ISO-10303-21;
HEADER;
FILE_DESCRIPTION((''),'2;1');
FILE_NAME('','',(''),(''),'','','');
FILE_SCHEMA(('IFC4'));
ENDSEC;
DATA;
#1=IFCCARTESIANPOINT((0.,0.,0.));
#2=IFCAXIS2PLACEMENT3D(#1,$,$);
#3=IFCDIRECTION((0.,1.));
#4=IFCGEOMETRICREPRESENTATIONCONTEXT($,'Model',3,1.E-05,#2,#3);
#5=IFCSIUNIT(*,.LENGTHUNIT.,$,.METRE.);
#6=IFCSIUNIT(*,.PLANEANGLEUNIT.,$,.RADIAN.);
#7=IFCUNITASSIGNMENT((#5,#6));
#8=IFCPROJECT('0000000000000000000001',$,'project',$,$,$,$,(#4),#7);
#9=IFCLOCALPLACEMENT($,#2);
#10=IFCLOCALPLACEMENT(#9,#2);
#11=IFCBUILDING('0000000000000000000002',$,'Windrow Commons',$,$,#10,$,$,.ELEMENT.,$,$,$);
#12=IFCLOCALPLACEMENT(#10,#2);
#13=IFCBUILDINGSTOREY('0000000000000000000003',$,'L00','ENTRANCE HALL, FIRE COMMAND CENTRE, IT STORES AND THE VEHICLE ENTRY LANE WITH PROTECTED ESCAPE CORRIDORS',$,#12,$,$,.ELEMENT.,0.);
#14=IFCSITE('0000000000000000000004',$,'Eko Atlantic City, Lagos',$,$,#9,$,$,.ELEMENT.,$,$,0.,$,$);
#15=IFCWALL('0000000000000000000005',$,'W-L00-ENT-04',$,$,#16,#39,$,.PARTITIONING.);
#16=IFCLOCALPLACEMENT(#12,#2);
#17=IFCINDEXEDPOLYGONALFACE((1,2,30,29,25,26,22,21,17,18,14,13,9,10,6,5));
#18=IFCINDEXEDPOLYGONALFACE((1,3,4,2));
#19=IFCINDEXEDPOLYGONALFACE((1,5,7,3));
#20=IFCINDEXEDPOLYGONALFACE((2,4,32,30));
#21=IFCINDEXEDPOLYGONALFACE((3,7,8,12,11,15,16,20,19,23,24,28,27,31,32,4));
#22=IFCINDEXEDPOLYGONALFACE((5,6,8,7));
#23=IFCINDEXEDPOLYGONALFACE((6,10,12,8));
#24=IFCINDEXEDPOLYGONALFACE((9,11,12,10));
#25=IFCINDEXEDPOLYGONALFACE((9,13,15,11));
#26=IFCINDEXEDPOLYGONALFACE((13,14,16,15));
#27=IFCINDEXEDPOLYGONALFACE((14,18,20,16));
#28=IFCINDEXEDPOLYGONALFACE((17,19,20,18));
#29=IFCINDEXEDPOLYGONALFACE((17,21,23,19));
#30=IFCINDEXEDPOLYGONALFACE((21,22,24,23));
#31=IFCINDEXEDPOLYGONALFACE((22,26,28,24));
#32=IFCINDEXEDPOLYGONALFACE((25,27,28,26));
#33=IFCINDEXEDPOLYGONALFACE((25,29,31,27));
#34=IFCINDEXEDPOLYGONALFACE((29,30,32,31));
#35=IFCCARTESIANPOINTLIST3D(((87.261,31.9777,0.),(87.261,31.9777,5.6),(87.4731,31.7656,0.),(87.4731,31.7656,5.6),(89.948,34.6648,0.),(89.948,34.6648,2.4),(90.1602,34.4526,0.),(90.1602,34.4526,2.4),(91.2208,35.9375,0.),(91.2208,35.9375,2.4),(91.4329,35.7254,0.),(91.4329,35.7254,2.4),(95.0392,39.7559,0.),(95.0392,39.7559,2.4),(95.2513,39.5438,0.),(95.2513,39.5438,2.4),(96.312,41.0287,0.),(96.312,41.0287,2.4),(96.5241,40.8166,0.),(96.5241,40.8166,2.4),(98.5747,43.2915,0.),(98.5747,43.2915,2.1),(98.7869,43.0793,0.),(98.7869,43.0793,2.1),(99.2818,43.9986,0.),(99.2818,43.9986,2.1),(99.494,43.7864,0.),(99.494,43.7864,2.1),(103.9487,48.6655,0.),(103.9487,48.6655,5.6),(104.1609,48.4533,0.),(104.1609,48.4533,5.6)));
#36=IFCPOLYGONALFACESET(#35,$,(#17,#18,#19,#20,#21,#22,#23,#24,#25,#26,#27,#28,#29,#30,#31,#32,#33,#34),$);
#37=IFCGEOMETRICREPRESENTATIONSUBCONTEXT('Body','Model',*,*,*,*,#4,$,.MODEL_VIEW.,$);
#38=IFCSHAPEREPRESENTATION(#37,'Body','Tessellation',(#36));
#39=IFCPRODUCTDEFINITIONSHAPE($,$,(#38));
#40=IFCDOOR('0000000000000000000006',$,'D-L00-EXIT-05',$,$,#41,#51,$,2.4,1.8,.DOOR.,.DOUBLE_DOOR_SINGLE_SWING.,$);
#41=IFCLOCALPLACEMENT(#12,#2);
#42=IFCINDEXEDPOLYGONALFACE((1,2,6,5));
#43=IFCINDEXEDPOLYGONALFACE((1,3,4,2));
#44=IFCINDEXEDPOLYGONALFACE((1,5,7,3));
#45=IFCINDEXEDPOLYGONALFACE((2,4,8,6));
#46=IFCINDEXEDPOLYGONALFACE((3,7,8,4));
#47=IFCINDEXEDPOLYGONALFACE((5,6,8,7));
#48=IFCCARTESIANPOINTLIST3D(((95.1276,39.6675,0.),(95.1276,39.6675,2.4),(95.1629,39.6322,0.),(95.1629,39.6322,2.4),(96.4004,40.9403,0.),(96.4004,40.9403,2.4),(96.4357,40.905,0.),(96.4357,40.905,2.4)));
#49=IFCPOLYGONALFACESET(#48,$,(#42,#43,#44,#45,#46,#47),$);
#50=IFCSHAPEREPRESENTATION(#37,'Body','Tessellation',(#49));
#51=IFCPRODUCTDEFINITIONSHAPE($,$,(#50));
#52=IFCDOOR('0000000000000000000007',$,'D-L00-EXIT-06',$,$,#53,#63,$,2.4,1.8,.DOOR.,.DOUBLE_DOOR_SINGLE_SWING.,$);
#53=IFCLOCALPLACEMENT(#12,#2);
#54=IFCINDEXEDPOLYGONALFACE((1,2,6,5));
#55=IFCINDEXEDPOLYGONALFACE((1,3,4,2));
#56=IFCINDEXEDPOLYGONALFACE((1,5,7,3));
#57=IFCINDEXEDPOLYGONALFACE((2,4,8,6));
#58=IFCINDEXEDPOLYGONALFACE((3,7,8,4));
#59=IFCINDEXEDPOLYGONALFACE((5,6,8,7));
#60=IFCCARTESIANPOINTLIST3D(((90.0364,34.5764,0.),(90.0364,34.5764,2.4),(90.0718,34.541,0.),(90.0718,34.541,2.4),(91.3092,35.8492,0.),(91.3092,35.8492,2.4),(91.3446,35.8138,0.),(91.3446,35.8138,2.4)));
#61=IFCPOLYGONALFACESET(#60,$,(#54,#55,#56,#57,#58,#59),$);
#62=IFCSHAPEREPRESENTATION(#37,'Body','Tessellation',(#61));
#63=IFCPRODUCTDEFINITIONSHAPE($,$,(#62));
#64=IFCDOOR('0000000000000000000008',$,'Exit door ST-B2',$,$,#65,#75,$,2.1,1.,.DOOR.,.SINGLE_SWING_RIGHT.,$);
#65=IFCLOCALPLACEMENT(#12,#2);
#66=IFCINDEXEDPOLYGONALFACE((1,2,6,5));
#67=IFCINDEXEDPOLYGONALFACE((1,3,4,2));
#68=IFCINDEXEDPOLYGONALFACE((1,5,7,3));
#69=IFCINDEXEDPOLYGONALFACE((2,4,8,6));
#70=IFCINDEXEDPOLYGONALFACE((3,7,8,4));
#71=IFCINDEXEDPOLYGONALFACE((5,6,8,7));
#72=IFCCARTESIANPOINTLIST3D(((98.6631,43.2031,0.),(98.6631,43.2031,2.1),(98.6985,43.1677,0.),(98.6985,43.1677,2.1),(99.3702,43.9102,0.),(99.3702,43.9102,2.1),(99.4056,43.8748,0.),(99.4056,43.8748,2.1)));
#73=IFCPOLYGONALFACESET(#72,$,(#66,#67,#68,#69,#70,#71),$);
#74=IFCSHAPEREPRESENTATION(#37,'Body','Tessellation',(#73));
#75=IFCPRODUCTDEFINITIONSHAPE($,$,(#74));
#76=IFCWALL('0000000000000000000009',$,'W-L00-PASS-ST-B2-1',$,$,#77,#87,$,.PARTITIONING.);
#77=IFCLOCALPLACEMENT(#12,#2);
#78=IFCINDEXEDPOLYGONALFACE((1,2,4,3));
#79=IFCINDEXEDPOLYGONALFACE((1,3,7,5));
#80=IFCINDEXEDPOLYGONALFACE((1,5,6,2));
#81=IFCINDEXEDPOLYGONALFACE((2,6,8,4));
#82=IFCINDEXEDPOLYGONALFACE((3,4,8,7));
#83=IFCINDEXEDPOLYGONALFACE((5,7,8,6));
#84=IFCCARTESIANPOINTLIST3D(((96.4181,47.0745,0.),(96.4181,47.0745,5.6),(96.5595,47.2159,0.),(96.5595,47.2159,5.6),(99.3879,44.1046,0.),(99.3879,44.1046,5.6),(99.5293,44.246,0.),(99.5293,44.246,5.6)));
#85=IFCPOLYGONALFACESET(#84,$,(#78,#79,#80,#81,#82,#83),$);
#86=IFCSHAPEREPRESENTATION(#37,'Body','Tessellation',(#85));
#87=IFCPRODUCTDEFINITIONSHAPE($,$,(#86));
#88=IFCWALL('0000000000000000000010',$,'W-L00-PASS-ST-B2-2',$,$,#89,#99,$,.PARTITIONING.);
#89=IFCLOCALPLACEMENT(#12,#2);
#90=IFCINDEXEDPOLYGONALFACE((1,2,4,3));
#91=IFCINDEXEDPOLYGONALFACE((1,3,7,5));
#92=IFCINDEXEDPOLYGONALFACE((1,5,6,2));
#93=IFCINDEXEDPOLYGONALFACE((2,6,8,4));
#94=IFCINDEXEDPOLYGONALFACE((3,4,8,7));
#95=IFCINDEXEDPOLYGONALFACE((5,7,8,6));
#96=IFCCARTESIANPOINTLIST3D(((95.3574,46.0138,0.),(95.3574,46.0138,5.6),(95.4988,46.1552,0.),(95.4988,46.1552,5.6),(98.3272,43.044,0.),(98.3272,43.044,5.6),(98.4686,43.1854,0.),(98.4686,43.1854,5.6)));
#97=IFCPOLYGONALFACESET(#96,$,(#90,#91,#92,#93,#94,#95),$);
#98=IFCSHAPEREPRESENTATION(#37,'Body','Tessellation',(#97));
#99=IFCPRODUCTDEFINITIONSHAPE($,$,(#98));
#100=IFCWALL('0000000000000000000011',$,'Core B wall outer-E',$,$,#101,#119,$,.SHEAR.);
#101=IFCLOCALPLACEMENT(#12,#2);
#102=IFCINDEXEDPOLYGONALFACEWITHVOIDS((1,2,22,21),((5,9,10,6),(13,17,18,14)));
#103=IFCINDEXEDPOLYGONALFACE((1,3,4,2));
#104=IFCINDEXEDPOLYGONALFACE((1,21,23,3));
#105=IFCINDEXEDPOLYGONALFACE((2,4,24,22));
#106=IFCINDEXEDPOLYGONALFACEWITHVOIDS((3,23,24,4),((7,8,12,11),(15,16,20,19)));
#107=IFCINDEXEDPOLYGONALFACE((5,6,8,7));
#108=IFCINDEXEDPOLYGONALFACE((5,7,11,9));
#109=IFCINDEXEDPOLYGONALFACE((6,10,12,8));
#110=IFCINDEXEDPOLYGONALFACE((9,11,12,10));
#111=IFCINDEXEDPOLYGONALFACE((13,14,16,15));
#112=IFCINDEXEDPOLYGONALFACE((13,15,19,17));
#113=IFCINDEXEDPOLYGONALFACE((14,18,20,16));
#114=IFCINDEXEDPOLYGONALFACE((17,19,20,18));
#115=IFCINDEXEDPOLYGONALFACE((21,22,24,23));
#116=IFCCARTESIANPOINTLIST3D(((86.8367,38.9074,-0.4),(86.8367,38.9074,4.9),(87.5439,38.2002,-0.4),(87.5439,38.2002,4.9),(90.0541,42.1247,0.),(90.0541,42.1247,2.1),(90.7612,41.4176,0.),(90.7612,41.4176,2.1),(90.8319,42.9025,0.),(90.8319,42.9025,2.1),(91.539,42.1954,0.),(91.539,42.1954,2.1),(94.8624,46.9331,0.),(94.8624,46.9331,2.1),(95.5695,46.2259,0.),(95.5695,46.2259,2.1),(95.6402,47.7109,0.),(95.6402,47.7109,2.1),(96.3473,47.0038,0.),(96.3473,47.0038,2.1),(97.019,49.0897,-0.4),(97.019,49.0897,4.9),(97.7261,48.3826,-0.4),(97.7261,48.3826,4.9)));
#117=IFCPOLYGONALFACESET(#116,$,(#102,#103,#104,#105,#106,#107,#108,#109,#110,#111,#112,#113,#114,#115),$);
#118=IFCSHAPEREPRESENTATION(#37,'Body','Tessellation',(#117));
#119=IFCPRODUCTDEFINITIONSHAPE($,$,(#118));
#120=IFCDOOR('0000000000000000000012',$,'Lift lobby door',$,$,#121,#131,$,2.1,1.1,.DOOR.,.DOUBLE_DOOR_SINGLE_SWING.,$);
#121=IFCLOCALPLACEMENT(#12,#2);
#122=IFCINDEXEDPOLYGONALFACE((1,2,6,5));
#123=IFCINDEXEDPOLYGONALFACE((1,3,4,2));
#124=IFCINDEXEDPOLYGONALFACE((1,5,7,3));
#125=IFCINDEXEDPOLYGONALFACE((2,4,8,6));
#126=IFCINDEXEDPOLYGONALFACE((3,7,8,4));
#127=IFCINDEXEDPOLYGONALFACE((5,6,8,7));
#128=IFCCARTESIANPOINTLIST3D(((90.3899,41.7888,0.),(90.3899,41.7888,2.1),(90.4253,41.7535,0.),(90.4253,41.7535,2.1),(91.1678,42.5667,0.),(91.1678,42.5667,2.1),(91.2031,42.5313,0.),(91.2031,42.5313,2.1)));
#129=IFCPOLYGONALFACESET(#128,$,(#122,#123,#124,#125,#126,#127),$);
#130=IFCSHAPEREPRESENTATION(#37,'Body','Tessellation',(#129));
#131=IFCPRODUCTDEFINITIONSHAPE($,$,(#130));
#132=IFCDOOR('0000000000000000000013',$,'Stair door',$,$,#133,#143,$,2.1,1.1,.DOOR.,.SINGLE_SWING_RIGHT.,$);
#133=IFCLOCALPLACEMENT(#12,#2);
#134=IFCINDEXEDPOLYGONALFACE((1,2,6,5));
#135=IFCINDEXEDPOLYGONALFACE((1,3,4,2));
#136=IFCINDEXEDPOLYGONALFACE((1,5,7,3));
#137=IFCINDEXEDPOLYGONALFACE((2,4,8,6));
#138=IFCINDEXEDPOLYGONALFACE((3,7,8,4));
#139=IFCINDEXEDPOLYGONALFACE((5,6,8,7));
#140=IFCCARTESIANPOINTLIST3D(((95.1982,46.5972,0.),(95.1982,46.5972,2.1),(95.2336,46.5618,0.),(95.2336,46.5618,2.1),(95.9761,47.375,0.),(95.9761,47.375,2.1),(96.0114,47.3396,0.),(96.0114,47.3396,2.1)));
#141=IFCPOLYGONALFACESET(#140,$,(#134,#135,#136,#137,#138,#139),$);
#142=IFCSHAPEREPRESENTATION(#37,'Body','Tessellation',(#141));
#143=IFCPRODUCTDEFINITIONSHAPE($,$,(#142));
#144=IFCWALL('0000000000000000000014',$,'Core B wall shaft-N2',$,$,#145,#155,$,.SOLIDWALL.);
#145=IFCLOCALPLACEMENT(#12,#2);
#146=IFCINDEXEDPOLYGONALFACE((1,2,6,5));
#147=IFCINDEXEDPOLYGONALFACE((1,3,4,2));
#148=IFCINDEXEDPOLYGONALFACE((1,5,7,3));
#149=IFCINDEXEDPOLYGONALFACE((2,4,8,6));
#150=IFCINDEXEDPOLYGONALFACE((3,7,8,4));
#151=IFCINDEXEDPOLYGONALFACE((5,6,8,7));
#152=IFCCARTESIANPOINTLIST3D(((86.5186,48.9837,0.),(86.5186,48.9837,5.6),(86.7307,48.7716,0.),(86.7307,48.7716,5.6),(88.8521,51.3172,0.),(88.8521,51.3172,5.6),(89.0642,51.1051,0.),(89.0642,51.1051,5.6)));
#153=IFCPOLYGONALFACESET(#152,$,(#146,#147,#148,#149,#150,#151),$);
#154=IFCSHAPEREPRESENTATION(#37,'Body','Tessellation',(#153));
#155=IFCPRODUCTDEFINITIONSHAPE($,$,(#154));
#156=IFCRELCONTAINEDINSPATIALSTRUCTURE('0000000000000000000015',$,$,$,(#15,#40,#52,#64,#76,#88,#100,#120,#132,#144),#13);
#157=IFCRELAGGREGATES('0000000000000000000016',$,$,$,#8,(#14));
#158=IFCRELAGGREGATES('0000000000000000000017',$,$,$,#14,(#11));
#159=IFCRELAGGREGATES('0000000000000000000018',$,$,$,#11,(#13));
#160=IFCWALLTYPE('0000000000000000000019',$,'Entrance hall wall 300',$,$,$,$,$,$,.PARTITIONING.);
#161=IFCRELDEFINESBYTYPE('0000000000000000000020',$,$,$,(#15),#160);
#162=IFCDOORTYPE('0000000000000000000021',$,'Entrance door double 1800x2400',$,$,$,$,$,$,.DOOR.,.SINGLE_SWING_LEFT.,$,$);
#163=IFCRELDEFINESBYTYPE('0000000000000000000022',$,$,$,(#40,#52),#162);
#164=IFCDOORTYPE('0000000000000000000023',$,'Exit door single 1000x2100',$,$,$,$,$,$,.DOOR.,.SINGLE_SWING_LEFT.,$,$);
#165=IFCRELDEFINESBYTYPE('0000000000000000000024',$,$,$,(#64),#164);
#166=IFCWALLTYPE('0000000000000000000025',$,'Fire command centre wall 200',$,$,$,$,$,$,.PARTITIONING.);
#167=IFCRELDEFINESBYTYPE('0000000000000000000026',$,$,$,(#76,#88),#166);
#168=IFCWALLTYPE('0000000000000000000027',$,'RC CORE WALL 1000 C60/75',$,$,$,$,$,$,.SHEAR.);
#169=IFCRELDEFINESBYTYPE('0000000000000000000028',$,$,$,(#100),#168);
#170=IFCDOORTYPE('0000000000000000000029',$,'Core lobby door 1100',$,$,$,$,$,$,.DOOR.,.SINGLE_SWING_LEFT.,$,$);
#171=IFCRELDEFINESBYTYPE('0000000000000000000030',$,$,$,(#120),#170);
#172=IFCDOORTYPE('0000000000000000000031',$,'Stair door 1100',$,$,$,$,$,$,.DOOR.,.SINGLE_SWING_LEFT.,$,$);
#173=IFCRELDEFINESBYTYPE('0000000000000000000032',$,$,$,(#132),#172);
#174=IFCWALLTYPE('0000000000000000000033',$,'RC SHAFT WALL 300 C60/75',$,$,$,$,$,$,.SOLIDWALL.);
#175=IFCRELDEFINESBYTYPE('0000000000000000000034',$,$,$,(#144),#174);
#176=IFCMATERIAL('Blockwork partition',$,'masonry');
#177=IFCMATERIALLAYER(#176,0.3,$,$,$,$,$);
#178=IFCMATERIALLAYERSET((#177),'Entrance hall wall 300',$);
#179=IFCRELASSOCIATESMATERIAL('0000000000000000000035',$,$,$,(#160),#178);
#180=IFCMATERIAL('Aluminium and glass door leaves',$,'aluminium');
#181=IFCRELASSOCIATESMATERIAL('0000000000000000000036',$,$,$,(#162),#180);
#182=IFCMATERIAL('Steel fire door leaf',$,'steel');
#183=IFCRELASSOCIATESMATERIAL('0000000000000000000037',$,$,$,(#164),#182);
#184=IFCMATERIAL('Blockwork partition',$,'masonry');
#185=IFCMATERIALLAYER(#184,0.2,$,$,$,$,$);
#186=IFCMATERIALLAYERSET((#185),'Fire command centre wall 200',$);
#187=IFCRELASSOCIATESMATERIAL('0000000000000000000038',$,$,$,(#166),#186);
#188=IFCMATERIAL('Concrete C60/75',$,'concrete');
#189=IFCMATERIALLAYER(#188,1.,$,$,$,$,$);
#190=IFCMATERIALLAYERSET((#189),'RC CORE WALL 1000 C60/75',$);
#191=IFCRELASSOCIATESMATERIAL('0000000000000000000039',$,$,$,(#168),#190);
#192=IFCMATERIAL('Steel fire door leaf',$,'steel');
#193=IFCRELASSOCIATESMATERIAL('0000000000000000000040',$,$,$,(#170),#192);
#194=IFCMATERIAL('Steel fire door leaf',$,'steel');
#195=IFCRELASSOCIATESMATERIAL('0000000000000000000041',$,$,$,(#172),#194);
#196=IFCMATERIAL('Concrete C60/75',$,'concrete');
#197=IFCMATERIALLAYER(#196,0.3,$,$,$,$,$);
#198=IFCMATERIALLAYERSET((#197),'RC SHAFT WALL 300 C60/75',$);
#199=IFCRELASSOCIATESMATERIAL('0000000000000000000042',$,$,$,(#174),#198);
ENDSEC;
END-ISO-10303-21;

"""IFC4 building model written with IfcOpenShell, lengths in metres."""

from ifc_helpers import new_model, si_unit, direction, frame, frame_2d, origin, place, context, subcontext, project, spatial, rectangle, extrude, material, layer, layer_set, type_object, element, fill, save


model = new_model("IFC4")

# Units and contexts
model_context = context("Model", 3, precision=1e-05, world=origin(), true_north=direction((0.0, 1.0)))
body_context = subcontext(model_context, "Body", "Model", "MODEL_VIEW")
ifc_project = project(units=[si_unit("LENGTHUNIT", "METRE"), si_unit("PLANEANGLEUNIT", "RADIAN")], contexts=[model_context])

# Site, building, storey
site_placement = place(None, origin())
site = spatial("IfcSite", under=ifc_project, at=site_placement, Name="Eko Atlantic City, Lagos", CompositionType="ELEMENT", RefElevation=0.0)
building_placement = place(site_placement, origin())
building = spatial("IfcBuilding", under=site, at=building_placement, Name="Windrow Commons", CompositionType="ELEMENT")
storey_placement = place(building_placement, origin())
storey = spatial("IfcBuildingStorey", under=building, at=storey_placement, Name="L00", Description="ENTRANCE HALL, FIRE COMMAND CENTRE, IT STORES AND THE VEHICLE ENTRY LANE WITH PROTECTED ESCAPE CORRIDORS", CompositionType="ELEMENT", Elevation=0.0)

# Wall, openings, doors
ifc_material_1 = material(Name="Blockwork partition", Category="masonry")
ifc_layer_1 = layer(ifc_material_1, 0.3)
ifc_layer_set_1 = layer_set([ifc_layer_1], Name="Entrance hall wall 300")
wall_type_1 = type_object("IfcWallType", Name="Entrance hall wall 300", PredefinedType="PARTITIONING", material=ifc_layer_set_1)
wall_1_placement = place(storey_placement, frame((104.0548, 48.5594, 0.0), z_axis=(0.0, 0.0, 1.0), x_axis=(-0.707107, -0.707107, 0.0)))
wall_1 = element("IfcWall", 1, at=wall_1_placement, inside=storey, type_object=wall_type_1, Name="W-L00-ENT-04", PredefinedType="PARTITIONING", context=body_context, shape_type="SweptSolid", body=[
    extrude(rectangle(XDim=23.6, YDim=0.3, at=frame_2d((11.8, 0.0))), origin(), (0.0, 0.0, 1.0), 5.6),
])
opening_1_placement = place(wall_1_placement, frame((10.8, 0.0, 0.0)))
opening_1 = element("IfcOpeningElement", 2, at=opening_1_placement, cuts=wall_1, PredefinedType="OPENING", context=body_context, shape_type="SweptSolid", body=[
    extrude(rectangle(XDim=1.8, YDim=2.4, at=frame_2d((0.9, 1.2))), frame((0.0, 0.16, 0.0), z_axis=(0.0, -1.0, 0.0), x_axis=(1.0, 0.0, 0.0)), (0.0, 0.0, 1.0), 0.32),
])
opening_2_placement = place(wall_1_placement, frame((18.0, 0.0, 0.0)))
opening_2 = element("IfcOpeningElement", 3, at=opening_2_placement, cuts=wall_1, PredefinedType="OPENING", context=body_context, shape_type="SweptSolid", body=[
    extrude(rectangle(XDim=1.8, YDim=2.4, at=frame_2d((0.9, 1.2))), frame((0.0, 0.16, 0.0), z_axis=(0.0, -1.0, 0.0), x_axis=(1.0, 0.0, 0.0)), (0.0, 0.0, 1.0), 0.32),
])
opening_3_placement = place(wall_1_placement, frame((6.6, 0.0, 0.0)))
opening_3 = element("IfcOpeningElement", 4, at=opening_3_placement, cuts=wall_1, PredefinedType="OPENING", context=body_context, shape_type="SweptSolid", body=[
    extrude(rectangle(XDim=1.0, YDim=2.1, at=frame_2d((0.5, 1.05))), frame((0.0, 0.16, 0.0), z_axis=(0.0, -1.0, 0.0), x_axis=(1.0, 0.0, 0.0)), (0.0, 0.0, 1.0), 0.32),
])
ifc_material_2 = material(Name="Aluminium and glass door leaves", Category="aluminium")
door_type_1 = type_object("IfcDoorType", Name="Entrance door double 1800x2400", OperationType="SINGLE_SWING_LEFT", PredefinedType="DOOR", material=ifc_material_2)
door_1_placement = place(opening_1_placement, origin())
door_1 = element("IfcDoor", 5, at=door_1_placement, inside=storey, type_object=door_type_1, Name="D-L00-EXIT-05", OperationType="DOUBLE_DOOR_SINGLE_SWING", OverallHeight=2.4, OverallWidth=1.8, PredefinedType="DOOR", context=body_context, shape_type="SweptSolid", body=[
    extrude(rectangle(XDim=1.8, YDim=2.4, at=frame_2d((0.9, 1.2))), frame((0.0, 0.025, 0.0), z_axis=(0.0, -1.0, 0.0), x_axis=(1.0, 0.0, 0.0)), (0.0, 0.0, 1.0), 0.05),
])
fill(opening_1, door_1)
door_2_placement = place(opening_2_placement, origin())
door_2 = element("IfcDoor", 6, at=door_2_placement, inside=storey, type_object=door_type_1, Name="D-L00-EXIT-06", OperationType="DOUBLE_DOOR_SINGLE_SWING", OverallHeight=2.4, OverallWidth=1.8, PredefinedType="DOOR", context=body_context, shape_type="SweptSolid", body=[
    extrude(rectangle(XDim=1.8, YDim=2.4, at=frame_2d((0.9, 1.2))), frame((0.0, 0.025, 0.0), z_axis=(0.0, -1.0, 0.0), x_axis=(1.0, 0.0, 0.0)), (0.0, 0.0, 1.0), 0.05),
])
fill(opening_2, door_2)
ifc_material_3 = material(Name="Steel fire door leaf", Category="steel")
door_type_2 = type_object("IfcDoorType", Name="Exit door single 1000x2100", OperationType="SINGLE_SWING_LEFT", PredefinedType="DOOR", material=ifc_material_3)
door_3_placement = place(opening_3_placement, origin())
door_3 = element("IfcDoor", 7, at=door_3_placement, inside=storey, type_object=door_type_2, Name="Exit door ST-B2", OperationType="SINGLE_SWING_RIGHT", OverallHeight=2.1, OverallWidth=1.0, PredefinedType="DOOR", context=body_context, shape_type="SweptSolid", body=[
    extrude(rectangle(XDim=1.0, YDim=2.1, at=frame_2d((0.5, 1.05))), frame((0.0, 0.025, 0.0), z_axis=(0.0, -1.0, 0.0), x_axis=(1.0, 0.0, 0.0)), (0.0, 0.0, 1.0), 0.05),
])
fill(opening_3, door_3)

# Walls
ifc_material_4 = material(Name="Blockwork partition", Category="masonry")
ifc_layer_2 = layer(ifc_material_4, 0.2)
ifc_layer_set_2 = layer_set([ifc_layer_2], Name="Fire command centre wall 200")
wall_type_2 = type_object("IfcWallType", Name="Fire command centre wall 200", PredefinedType="PARTITIONING", material=ifc_layer_set_2)
wall_2_placement = place(storey_placement, frame((96.4888, 47.1452, 0.0), z_axis=(0.0, 0.0, 1.0), x_axis=(0.707095, -0.707119, 0.0)))
element("IfcWall", 8, at=wall_2_placement, inside=storey, type_object=wall_type_2, Name="W-L00-PASS-ST-B2-1", PredefinedType="PARTITIONING", context=body_context, shape_type="SweptSolid", body=[
    extrude(rectangle(XDim=4.2, YDim=0.2, at=frame_2d((2.1, 0.0))), origin(), (0.0, 0.0, 1.0), 5.6),
])
wall_3_placement = place(storey_placement, frame((95.4281, 46.0845, 0.0), z_axis=(0.0, 0.0, 1.0), x_axis=(0.707107, -0.707107, 0.0)))
element("IfcWall", 9, at=wall_3_placement, inside=storey, type_object=wall_type_2, Name="W-L00-PASS-ST-B2-2", PredefinedType="PARTITIONING", context=body_context, shape_type="SweptSolid", body=[
    extrude(rectangle(XDim=4.1999, YDim=0.2, at=frame_2d((2.1, 0.0))), origin(), (0.0, 0.0, 1.0), 5.6),
])

# Wall, openings, doors
ifc_material_5 = material(Name="Concrete C60/75", Category="concrete")
ifc_layer_3 = layer(ifc_material_5, 1.0)
ifc_layer_set_3 = layer_set([ifc_layer_3], Name="RC CORE WALL 1000 C60/75")
wall_type_3 = type_object("IfcWallType", Name="RC CORE WALL 1000 C60/75", PredefinedType="SHEAR", material=ifc_layer_set_3)
wall_4_placement = place(storey_placement, frame((87.1903, 38.5538, -0.4), z_axis=(0.0, 0.0, 1.0), x_axis=(0.707103, 0.70711, 0.0)))
wall_4 = element("IfcWall", 10, at=wall_4_placement, inside=storey, type_object=wall_type_3, Name="Core B wall outer-E", PredefinedType="SHEAR", context=body_context, shape_type="SweptSolid", body=[
    extrude(rectangle(XDim=14.4, YDim=1.0, at=frame_2d((7.2, 0.0))), origin(), (0.0, 0.0, 1.0), 5.3),
])
opening_4_placement = place(wall_4_placement, frame((4.55, 0.0, 0.4)))
opening_4 = element("IfcOpeningElement", 11, at=opening_4_placement, cuts=wall_4, PredefinedType="OPENING", context=body_context, shape_type="SweptSolid", body=[
    extrude(rectangle(XDim=1.1, YDim=2.1, at=frame_2d((0.55, 1.05))), frame((0.0, 0.51, 0.0), z_axis=(0.0, -1.0, 0.0), x_axis=(1.0, 0.0, 0.0)), (0.0, 0.0, 1.0), 1.02),
])
opening_5_placement = place(wall_4_placement, frame((11.35, 0.0, 0.4)))
opening_5 = element("IfcOpeningElement", 12, at=opening_5_placement, cuts=wall_4, PredefinedType="OPENING", context=body_context, shape_type="SweptSolid", body=[
    extrude(rectangle(XDim=1.1, YDim=2.1, at=frame_2d((0.55, 1.05))), frame((0.0, 0.51, 0.0), z_axis=(0.0, -1.0, 0.0), x_axis=(1.0, 0.0, 0.0)), (0.0, 0.0, 1.0), 1.02),
])
ifc_material_6 = material(Name="Steel fire door leaf", Category="steel")
door_type_3 = type_object("IfcDoorType", Name="Core lobby door 1100", OperationType="SINGLE_SWING_LEFT", PredefinedType="DOOR", material=ifc_material_6)
door_4_placement = place(opening_4_placement, origin())
door_4 = element("IfcDoor", 13, at=door_4_placement, inside=storey, type_object=door_type_3, Name="Lift lobby door", OperationType="DOUBLE_DOOR_SINGLE_SWING", OverallHeight=2.1, OverallWidth=1.1, PredefinedType="DOOR", context=body_context, shape_type="SweptSolid", body=[
    extrude(rectangle(XDim=1.1, YDim=2.1, at=frame_2d((0.55, 1.05))), frame((0.0, 0.025, 0.0), z_axis=(0.0, -1.0, 0.0), x_axis=(1.0, 0.0, 0.0)), (0.0, 0.0, 1.0), 0.05),
])
fill(opening_4, door_4)
ifc_material_7 = material(Name="Steel fire door leaf", Category="steel")
door_type_4 = type_object("IfcDoorType", Name="Stair door 1100", OperationType="SINGLE_SWING_LEFT", PredefinedType="DOOR", material=ifc_material_7)
door_5_placement = place(opening_5_placement, origin())
door_5 = element("IfcDoor", 14, at=door_5_placement, inside=storey, type_object=door_type_4, Name="Stair door", OperationType="SINGLE_SWING_RIGHT", OverallHeight=2.1, OverallWidth=1.1, PredefinedType="DOOR", context=body_context, shape_type="SweptSolid", body=[
    extrude(rectangle(XDim=1.1, YDim=2.1, at=frame_2d((0.55, 1.05))), frame((0.0, 0.025, 0.0), z_axis=(0.0, -1.0, 0.0), x_axis=(1.0, 0.0, 0.0)), (0.0, 0.0, 1.0), 0.05),
])
fill(opening_5, door_5)

# Wall
ifc_material_8 = material(Name="Concrete C60/75", Category="concrete")
ifc_layer_4 = layer(ifc_material_8, 0.3)
ifc_layer_set_4 = layer_set([ifc_layer_4], Name="RC SHAFT WALL 300 C60/75")
wall_type_4 = type_object("IfcWallType", Name="RC SHAFT WALL 300 C60/75", PredefinedType="SOLIDWALL", material=ifc_layer_set_4)
for number, where, z_axis, x_axis, name in (
    (15, (86.6246, 48.8776, 0.0), (0.0, 0.0, 1.0), (0.707107, 0.707107, 0.0), "Core B wall shaft-N2"),
):
    element("IfcWall", number, at=place(storey_placement, frame(where, z_axis=z_axis, x_axis=x_axis)), inside=storey, type_object=wall_type_4, Name=name, PredefinedType="SOLIDWALL", context=body_context, shape_type="SweptSolid", body=[
        extrude(rectangle(XDim=3.3001, YDim=0.3, at=frame_2d((1.6501, 0.0))), origin(), (0.0, 0.0, 1.0), 5.6),
    ])

save(model, "model.ifc")
